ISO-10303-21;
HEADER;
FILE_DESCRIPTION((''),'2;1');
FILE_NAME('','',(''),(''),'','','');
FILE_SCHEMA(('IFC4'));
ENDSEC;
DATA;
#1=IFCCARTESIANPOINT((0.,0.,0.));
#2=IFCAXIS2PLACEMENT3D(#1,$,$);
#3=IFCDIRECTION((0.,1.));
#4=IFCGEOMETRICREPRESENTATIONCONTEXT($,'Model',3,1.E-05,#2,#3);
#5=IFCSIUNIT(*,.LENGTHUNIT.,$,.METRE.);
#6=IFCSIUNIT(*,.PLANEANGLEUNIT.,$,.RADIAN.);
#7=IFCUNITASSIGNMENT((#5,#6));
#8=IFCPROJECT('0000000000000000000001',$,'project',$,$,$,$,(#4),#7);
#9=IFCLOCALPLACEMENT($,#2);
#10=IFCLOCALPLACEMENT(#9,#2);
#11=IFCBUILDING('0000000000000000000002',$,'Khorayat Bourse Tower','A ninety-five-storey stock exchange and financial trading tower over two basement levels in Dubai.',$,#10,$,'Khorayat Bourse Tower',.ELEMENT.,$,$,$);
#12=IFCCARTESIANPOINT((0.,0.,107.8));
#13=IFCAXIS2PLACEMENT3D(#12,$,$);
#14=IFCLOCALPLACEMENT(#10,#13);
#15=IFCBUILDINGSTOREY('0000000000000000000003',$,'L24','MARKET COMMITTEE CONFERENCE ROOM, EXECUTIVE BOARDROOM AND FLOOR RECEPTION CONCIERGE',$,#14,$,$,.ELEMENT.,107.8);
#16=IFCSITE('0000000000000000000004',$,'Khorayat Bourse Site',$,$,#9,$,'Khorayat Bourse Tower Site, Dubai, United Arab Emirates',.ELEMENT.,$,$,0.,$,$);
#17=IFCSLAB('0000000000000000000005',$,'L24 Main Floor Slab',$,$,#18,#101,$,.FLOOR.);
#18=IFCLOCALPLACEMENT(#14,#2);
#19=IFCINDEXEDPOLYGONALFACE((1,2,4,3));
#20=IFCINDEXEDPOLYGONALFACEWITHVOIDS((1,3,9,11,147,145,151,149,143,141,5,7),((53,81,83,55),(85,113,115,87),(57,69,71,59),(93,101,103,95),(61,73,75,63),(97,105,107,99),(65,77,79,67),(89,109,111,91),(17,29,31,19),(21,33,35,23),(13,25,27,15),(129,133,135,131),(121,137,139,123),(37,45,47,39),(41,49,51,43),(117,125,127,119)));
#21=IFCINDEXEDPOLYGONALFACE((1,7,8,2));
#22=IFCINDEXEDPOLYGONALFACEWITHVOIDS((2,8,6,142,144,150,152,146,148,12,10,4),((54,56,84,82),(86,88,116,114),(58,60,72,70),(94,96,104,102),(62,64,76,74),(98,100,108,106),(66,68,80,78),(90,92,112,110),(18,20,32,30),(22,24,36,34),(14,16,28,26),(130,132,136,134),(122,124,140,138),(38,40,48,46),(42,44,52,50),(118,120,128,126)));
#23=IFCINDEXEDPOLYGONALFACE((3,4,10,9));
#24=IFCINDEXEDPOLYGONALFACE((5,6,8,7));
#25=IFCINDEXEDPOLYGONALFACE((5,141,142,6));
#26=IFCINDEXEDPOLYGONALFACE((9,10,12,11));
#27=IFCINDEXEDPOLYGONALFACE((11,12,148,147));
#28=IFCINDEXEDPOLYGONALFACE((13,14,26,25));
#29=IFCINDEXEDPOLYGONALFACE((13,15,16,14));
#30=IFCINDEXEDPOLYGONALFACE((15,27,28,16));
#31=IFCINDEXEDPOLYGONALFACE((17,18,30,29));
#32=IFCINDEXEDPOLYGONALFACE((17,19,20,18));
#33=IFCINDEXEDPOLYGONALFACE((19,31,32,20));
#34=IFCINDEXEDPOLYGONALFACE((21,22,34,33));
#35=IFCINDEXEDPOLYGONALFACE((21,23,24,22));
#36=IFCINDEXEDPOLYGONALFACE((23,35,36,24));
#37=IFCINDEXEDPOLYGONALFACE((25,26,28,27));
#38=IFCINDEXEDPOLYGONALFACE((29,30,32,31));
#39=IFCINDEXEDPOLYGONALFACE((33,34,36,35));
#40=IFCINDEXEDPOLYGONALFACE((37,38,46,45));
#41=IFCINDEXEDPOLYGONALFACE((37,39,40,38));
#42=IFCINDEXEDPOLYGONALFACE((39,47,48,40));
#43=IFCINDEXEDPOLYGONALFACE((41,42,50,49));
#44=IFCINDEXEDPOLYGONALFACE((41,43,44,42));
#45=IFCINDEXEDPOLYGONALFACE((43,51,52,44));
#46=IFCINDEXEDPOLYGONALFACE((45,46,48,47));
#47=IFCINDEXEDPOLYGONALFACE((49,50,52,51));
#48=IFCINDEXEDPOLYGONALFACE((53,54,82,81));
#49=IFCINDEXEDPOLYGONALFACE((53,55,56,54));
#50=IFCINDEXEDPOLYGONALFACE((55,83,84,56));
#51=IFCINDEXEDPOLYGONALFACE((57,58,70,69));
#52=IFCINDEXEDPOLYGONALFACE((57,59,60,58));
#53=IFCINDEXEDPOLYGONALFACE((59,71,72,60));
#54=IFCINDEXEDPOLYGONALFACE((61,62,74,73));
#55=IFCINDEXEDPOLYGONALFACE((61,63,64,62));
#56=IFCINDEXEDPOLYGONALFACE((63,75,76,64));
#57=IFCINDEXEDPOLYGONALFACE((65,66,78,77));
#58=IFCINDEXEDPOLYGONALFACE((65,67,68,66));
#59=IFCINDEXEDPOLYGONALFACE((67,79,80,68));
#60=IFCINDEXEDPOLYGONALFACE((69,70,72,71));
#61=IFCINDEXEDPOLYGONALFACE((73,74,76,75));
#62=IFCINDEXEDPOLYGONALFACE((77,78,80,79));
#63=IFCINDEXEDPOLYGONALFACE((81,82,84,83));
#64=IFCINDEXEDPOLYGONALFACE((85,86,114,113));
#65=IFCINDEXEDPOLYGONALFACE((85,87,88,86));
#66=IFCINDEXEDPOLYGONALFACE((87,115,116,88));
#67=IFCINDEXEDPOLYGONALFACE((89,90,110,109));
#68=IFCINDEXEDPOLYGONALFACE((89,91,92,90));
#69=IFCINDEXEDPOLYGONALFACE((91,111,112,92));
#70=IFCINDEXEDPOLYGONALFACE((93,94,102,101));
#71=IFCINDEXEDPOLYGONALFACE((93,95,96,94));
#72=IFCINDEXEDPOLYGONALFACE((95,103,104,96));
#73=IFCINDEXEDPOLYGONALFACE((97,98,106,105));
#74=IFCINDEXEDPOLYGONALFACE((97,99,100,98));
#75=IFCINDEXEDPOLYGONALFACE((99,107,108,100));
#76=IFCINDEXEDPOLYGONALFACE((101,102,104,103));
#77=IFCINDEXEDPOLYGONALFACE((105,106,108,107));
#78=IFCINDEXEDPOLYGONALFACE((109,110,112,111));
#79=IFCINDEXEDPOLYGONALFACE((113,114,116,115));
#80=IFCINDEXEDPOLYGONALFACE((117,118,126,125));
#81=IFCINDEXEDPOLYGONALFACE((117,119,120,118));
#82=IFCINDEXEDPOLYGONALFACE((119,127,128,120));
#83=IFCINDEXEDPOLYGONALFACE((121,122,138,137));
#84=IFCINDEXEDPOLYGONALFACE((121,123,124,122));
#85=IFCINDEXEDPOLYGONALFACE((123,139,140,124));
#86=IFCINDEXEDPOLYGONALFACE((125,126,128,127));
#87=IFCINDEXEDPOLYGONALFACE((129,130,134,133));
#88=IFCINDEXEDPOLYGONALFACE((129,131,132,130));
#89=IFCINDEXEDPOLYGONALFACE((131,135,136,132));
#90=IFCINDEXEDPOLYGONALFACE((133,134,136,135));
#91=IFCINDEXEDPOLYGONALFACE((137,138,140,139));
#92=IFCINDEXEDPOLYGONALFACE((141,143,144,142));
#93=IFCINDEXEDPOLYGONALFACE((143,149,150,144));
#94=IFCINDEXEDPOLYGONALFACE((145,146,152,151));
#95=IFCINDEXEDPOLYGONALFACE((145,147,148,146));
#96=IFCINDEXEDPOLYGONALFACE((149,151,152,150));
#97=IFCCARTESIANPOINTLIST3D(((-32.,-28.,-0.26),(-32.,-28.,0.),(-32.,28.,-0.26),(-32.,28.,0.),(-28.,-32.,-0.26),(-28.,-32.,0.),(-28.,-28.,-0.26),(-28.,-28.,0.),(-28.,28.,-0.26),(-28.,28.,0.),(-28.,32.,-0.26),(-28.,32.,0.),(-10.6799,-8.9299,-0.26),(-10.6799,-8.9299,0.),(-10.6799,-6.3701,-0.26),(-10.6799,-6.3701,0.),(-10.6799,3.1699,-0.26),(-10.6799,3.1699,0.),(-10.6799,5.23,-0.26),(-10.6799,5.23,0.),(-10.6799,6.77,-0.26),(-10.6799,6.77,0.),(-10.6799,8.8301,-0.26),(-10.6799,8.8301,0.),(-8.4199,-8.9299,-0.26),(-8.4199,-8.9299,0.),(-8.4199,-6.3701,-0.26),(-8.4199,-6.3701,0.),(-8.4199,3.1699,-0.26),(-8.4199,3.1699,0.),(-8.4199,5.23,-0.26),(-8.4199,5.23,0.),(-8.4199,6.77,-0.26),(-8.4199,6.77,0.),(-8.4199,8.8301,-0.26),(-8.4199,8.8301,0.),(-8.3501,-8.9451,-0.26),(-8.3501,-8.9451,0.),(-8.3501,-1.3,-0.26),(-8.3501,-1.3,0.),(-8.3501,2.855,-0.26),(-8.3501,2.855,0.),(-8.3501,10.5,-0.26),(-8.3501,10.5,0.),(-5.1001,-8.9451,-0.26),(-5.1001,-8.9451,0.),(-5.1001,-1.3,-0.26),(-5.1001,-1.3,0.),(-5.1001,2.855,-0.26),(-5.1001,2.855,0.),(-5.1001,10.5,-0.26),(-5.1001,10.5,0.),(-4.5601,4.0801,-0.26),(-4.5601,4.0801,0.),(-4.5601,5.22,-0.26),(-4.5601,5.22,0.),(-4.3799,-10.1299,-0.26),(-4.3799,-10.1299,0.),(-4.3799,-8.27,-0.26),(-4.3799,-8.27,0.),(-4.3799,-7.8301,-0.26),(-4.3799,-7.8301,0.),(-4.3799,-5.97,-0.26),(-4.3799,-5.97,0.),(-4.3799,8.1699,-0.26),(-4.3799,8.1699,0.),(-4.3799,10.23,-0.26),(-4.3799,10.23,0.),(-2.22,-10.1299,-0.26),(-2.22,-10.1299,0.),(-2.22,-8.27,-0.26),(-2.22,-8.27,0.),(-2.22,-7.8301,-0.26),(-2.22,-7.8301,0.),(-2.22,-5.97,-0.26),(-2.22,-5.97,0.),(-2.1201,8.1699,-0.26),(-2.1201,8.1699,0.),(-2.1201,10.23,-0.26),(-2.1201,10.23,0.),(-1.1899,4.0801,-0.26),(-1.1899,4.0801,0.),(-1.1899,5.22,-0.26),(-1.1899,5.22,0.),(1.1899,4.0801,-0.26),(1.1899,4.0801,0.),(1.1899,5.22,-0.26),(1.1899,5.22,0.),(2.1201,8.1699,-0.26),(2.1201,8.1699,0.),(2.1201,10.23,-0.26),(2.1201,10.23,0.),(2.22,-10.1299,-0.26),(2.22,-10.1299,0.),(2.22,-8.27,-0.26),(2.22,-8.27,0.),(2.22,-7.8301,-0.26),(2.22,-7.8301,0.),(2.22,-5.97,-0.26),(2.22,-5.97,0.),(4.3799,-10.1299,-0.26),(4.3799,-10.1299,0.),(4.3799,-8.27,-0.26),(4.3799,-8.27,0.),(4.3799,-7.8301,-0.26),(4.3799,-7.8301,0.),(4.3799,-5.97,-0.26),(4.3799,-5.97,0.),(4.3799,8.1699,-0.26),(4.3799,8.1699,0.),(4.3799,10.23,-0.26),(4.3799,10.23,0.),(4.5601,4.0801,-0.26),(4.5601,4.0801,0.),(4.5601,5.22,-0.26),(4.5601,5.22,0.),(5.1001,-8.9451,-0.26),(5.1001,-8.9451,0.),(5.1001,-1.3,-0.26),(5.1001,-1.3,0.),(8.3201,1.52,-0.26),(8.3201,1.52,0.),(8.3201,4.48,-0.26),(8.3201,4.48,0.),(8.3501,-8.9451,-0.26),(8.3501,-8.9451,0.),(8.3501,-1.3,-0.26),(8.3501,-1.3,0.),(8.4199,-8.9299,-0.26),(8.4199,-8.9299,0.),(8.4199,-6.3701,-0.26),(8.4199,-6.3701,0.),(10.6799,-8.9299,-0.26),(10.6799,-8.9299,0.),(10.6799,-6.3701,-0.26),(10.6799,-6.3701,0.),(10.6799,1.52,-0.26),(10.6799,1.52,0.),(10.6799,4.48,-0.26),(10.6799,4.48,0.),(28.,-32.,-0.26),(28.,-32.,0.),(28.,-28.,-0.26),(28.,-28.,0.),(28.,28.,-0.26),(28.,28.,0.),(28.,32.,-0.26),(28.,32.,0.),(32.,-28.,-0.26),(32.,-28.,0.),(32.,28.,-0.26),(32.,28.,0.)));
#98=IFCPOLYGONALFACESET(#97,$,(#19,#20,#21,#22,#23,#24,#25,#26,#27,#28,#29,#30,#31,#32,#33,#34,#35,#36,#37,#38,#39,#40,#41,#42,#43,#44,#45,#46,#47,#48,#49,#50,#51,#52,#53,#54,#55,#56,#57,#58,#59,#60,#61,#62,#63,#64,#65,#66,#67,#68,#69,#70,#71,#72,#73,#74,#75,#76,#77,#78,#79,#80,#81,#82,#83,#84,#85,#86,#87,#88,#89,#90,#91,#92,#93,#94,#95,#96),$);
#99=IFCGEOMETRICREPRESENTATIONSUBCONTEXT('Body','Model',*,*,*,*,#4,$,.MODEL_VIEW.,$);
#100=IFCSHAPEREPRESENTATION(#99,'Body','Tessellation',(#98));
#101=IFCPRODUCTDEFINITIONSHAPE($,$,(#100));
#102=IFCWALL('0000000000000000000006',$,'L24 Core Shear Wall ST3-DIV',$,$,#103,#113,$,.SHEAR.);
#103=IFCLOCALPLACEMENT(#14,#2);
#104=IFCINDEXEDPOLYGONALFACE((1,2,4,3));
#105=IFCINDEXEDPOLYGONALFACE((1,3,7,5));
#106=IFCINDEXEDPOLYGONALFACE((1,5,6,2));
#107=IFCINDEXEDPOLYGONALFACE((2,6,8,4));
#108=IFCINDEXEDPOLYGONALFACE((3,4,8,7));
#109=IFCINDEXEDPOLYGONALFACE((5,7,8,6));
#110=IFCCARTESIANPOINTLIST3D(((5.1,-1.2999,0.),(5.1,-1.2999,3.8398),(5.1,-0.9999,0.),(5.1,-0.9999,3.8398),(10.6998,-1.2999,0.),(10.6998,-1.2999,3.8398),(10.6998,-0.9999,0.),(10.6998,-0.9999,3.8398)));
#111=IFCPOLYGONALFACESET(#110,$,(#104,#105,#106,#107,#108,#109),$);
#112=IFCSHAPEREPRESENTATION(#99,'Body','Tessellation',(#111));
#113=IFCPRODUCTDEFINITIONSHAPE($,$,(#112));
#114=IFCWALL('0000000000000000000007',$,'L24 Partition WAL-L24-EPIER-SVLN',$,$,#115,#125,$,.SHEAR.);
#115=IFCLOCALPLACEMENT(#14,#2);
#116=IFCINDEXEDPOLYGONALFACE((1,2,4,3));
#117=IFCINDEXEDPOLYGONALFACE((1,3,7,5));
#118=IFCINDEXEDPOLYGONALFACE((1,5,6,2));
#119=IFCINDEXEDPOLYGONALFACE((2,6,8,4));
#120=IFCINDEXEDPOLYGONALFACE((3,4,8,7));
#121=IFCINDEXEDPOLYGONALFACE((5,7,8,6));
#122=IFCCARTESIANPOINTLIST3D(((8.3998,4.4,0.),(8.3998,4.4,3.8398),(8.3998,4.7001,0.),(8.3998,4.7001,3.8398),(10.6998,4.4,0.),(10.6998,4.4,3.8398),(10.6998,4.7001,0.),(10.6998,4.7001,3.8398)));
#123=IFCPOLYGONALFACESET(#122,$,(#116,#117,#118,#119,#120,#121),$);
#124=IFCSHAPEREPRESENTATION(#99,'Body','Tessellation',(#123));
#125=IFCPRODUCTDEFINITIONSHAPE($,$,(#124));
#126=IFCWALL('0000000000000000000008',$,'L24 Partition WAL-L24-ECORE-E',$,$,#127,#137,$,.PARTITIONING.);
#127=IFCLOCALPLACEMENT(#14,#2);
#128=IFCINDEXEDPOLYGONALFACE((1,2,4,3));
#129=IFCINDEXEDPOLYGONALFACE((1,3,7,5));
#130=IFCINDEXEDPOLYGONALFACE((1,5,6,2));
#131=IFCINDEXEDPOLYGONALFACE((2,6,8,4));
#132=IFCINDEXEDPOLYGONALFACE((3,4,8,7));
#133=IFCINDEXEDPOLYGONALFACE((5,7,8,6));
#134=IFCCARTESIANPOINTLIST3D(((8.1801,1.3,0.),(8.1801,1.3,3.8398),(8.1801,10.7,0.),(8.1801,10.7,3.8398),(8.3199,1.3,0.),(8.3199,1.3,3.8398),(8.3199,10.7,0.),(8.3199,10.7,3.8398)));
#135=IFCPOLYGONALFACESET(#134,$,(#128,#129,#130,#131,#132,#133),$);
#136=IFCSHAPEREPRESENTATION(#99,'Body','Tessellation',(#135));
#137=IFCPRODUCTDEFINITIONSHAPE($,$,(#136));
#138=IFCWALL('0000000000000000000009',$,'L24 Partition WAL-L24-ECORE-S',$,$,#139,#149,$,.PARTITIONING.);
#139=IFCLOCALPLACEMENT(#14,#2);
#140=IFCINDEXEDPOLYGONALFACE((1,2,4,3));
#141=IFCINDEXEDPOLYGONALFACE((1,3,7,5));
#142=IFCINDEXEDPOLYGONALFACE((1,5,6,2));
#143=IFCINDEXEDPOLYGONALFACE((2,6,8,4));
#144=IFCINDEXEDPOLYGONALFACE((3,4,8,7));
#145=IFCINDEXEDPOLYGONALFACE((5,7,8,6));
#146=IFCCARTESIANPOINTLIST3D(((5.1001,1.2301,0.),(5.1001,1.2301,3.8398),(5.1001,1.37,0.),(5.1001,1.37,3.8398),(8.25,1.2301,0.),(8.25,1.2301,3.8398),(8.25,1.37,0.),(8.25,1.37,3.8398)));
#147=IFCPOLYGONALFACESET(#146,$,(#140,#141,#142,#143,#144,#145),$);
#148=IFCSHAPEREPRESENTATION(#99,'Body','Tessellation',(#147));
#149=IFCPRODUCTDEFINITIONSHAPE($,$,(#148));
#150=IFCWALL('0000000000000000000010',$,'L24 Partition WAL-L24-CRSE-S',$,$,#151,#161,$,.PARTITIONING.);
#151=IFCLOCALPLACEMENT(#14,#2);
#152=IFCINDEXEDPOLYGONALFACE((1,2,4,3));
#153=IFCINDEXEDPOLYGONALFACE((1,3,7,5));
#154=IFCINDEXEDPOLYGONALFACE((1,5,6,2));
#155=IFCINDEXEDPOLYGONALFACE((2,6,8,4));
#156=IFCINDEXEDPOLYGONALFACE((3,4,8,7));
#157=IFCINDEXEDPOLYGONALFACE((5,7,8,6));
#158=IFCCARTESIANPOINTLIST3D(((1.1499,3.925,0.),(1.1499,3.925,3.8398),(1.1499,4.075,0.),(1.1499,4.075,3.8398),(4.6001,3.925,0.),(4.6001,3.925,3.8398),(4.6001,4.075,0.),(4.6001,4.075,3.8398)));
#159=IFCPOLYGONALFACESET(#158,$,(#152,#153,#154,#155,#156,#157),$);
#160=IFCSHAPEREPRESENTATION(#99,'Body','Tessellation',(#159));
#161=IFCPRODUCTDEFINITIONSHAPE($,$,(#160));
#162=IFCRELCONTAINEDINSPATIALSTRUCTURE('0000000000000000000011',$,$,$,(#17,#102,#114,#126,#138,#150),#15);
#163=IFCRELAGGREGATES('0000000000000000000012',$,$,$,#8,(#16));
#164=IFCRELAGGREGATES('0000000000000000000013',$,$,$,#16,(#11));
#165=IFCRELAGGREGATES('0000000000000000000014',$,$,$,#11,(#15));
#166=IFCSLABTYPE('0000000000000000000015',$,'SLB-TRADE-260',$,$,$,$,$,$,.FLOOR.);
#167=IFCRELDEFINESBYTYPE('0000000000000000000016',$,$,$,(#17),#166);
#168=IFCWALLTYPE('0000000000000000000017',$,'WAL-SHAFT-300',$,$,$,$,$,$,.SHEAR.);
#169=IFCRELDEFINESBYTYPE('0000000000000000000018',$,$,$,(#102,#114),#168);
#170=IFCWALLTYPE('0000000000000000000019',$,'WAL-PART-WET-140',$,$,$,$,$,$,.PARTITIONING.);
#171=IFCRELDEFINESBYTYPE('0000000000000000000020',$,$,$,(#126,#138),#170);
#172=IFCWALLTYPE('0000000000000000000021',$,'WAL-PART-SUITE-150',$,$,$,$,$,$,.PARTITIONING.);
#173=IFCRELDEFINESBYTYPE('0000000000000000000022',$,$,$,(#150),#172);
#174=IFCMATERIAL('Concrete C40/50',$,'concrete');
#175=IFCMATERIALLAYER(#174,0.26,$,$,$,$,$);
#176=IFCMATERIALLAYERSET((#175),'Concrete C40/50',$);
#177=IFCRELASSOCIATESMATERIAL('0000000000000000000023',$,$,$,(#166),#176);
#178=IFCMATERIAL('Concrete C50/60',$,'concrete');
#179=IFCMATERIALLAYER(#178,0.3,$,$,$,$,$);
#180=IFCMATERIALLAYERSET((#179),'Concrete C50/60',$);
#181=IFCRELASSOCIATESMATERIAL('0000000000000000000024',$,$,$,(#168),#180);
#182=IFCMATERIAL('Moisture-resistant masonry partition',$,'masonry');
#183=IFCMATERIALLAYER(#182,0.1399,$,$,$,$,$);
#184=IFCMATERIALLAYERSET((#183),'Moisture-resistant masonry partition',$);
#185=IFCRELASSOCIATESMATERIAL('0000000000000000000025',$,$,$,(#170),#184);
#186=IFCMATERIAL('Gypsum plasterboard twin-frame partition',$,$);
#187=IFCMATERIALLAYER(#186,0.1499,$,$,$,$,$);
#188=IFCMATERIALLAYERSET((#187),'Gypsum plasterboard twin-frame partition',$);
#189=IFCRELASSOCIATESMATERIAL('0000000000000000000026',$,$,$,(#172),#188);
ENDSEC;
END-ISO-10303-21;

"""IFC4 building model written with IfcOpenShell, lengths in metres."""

from ifc_helpers import new_model, si_unit, direction, frame, frame_2d, origin, place, context, subcontext, project, spatial, polyline, rectangle, outline, extrude, source, transform, mapped, material, layer, layer_set, type_object, element, save


model = new_model("IFC4")

# Units and contexts
model_context = context("Model", 3, precision=1e-05, world=origin(), true_north=direction((0.0, 1.0)))
body_context = subcontext(model_context, "Body", "Model", "MODEL_VIEW")
ifc_project = project(units=[si_unit("LENGTHUNIT", "METRE"), si_unit("PLANEANGLEUNIT", "RADIAN")], contexts=[model_context])

# Site, building, storey
site_placement = place(None, origin())
site = spatial("IfcSite", under=ifc_project, at=site_placement, Name="Khorayat Bourse Site", LongName="Khorayat Bourse Tower Site, Dubai, United Arab Emirates", CompositionType="ELEMENT", RefElevation=0.0)
building_placement = place(site_placement, origin())
building = spatial("IfcBuilding", under=site, at=building_placement, Name="Khorayat Bourse Tower", Description="A ninety-five-storey stock exchange and financial trading tower over two basement levels in Dubai.", LongName="Khorayat Bourse Tower", CompositionType="ELEMENT")
storey_placement = place(building_placement, frame((0.0, 0.0, 107.8)))
storey = spatial("IfcBuildingStorey", under=building, at=storey_placement, Name="L24", Description="MARKET COMMITTEE CONFERENCE ROOM, EXECUTIVE BOARDROOM AND FLOOR RECEPTION CONCIERGE", CompositionType="ELEMENT", Elevation=107.8)

# Shared definitions
ifc_material_1 = material(Name="Concrete C40/50", Category="concrete")

# Slab
ifc_layer_1 = layer(ifc_material_1, 0.26)
ifc_layer_set_1 = layer_set([ifc_layer_1], Name="Concrete C40/50")
slab_type_1 = type_object("IfcSlabType", Name="SLB-TRADE-260", PredefinedType="FLOOR", material=ifc_layer_set_1)
slab_1_placement = place(storey_placement, frame((0.0, 0.0, -0.26)))
element("IfcSlab", 1, at=slab_1_placement, inside=storey, type_object=slab_type_1, Name="L24 Main Floor Slab", PredefinedType="FLOOR", context=body_context, shape_type="SweptSolid", body=[
    extrude(outline(polyline([(-28.0, -32.0), (28.0, -32.0), (28.0, -28.0), (32.0, -28.0), (32.0, 28.0), (28.0, 28.0), (28.0, 32.0), (-28.0, 32.0), (-28.0, 28.0), (-32.0, 28.0), (-32.0, -28.0), (-28.0, -28.0), (-28.0, -32.0)]), holes=[polyline([(-8.3501, -8.9451), (-5.1001, -8.9451), (-5.1001, -1.3), (-8.3501, -1.3), (-8.3501, -8.9451)]), polyline([(-8.3501, 2.855), (-5.1001, 2.855), (-5.1001, 10.5), (-8.3501, 10.5), (-8.3501, 2.855)]), polyline([(5.1001, -8.9451), (8.3501, -8.9451), (8.3501, -1.3), (5.1001, -1.3), (5.1001, -8.9451)]), polyline([(-4.3799, -10.1299), (-2.22, -10.1299), (-2.22, -8.27), (-4.3799, -8.27), (-4.3799, -10.1299)]), polyline([(2.22, -10.1299), (4.3799, -10.1299), (4.3799, -8.27), (2.22, -8.27), (2.22, -10.1299)]), polyline([(-4.3799, -7.8301), (-2.22, -7.8301), (-2.22, -5.97), (-4.3799, -5.97), (-4.3799, -7.8301)]), polyline([(2.22, -7.8301), (4.3799, -7.8301), (4.3799, -5.97), (2.22, -5.97), (2.22, -7.8301)]), polyline([(-4.3799, 8.1699), (-2.1201, 8.1699), (-2.1201, 10.23), (-4.3799, 10.23), (-4.3799, 8.1699)]), polyline([(2.1201, 8.1699), (4.3799, 8.1699), (4.3799, 10.23), (2.1201, 10.23), (2.1201, 8.1699)]), polyline([(-10.6799, 3.1699), (-8.4199, 3.1699), (-8.4199, 5.23), (-10.6799, 5.23), (-10.6799, 3.1699)]), polyline([(-10.6799, 6.77), (-8.4199, 6.77), (-8.4199, 8.8301), (-10.6799, 8.8301), (-10.6799, 6.77)]), polyline([(-10.6799, -8.9299), (-8.4199, -8.9299), (-8.4199, -6.3701), (-10.6799, -6.3701), (-10.6799, -8.9299)]), polyline([(8.4199, -8.9299), (10.6799, -8.9299), (10.6799, -6.3701), (8.4199, -6.3701), (8.4199, -8.9299)]), polyline([(8.3201, 1.52), (10.6799, 1.52), (10.6799, 4.48), (8.3201, 4.48), (8.3201, 1.52)]), polyline([(-4.5601, 4.0801), (-1.1899, 4.0801), (-1.1899, 5.22), (-4.5601, 5.22), (-4.5601, 4.0801)]), polyline([(1.1899, 4.0801), (4.5601, 4.0801), (4.5601, 5.22), (1.1899, 5.22), (1.1899, 4.0801)])]), origin(), (0.0, 0.0, 1.0), 0.26),
])

# Walls
ifc_material_2 = material(Name="Concrete C50/60", Category="concrete")
ifc_layer_2 = layer(ifc_material_2, 0.3)
ifc_layer_set_2 = layer_set([ifc_layer_2], Name="Concrete C50/60")
wall_type_1 = type_object("IfcWallType", Name="WAL-SHAFT-300", PredefinedType="SHEAR", material=ifc_layer_set_2)
shared_shape_1 = source(origin(), body_context, "Body", "SweptSolid", [
    extrude(rectangle(XDim=5.5999, YDim=0.3, at=frame_2d((2.7998, 0.0))), origin(), (0.0, 0.0, 1.0), 3.8398),
])
wall_1_placement = place(storey_placement, frame((5.1001, -1.1499, 0.0), z_axis=(0.0, 0.0, 1.0), x_axis=(1.0, 0.0, 0.0)))
element("IfcWall", 2, at=wall_1_placement, inside=storey, type_object=wall_type_1, Name="L24 Core Shear Wall ST3-DIV", PredefinedType="SHEAR", context=body_context, shape_type="MappedRepresentation", body=[
    mapped(shared_shape_1, transform((0.0, 0.0, 0.0), scale=1.0)),
])
shared_shape_2 = source(origin(), body_context, "Body", "SweptSolid", [
    extrude(rectangle(XDim=2.3, YDim=0.3, at=frame_2d((1.1499, 0.0))), origin(), (0.0, 0.0, 1.0), 3.8398),
])
wall_2_placement = place(storey_placement, frame((8.3999, 4.55, 0.0), z_axis=(0.0, 0.0, 1.0), x_axis=(1.0, 0.0, 0.0)))
element("IfcWall", 3, at=wall_2_placement, inside=storey, type_object=wall_type_1, Name="L24 Partition WAL-L24-EPIER-SVLN", PredefinedType="SHEAR", context=body_context, shape_type="MappedRepresentation", body=[
    mapped(shared_shape_2, transform((0.0, 0.0, 0.0), scale=1.0)),
])
ifc_material_3 = material(Name="Moisture-resistant masonry partition", Category="masonry")
ifc_layer_3 = layer(ifc_material_3, 0.1399)
ifc_layer_set_3 = layer_set([ifc_layer_3], Name="Moisture-resistant masonry partition")
wall_type_2 = type_object("IfcWallType", Name="WAL-PART-WET-140", PredefinedType="PARTITIONING", material=ifc_layer_set_3)
shared_shape_3 = source(origin(), body_context, "Body", "SweptSolid", [
    extrude(rectangle(XDim=9.3999, YDim=0.1399, at=frame_2d((4.7, 0.0))), origin(), (0.0, 0.0, 1.0), 3.8398),
])
wall_3_placement = place(storey_placement, frame((8.25, 1.3, 0.0), z_axis=(0.0, 0.0, 1.0), x_axis=(0.0, 1.0, 0.0)))
element("IfcWall", 4, at=wall_3_placement, inside=storey, type_object=wall_type_2, Name="L24 Partition WAL-L24-ECORE-E", PredefinedType="PARTITIONING", context=body_context, shape_type="MappedRepresentation", body=[
    mapped(shared_shape_3, transform((0.0, 0.0, 0.0), scale=1.0)),
])
shared_shape_4 = source(origin(), body_context, "Body", "SweptSolid", [
    extrude(rectangle(XDim=3.1499, YDim=0.1399, at=frame_2d((1.575, 0.0))), origin(), (0.0, 0.0, 1.0), 3.8398),
])
wall_4_placement = place(storey_placement, frame((5.1001, 1.3, 0.0), z_axis=(0.0, 0.0, 1.0), x_axis=(1.0, 0.0, 0.0)))
element("IfcWall", 5, at=wall_4_placement, inside=storey, type_object=wall_type_2, Name="L24 Partition WAL-L24-ECORE-S", PredefinedType="PARTITIONING", context=body_context, shape_type="MappedRepresentation", body=[
    mapped(shared_shape_4, transform((0.0, 0.0, 0.0), scale=1.0)),
])

# Wall
ifc_material_4 = material(Name="Gypsum plasterboard twin-frame partition")
ifc_layer_4 = layer(ifc_material_4, 0.1499)
ifc_layer_set_4 = layer_set([ifc_layer_4], Name="Gypsum plasterboard twin-frame partition")
wall_type_3 = type_object("IfcWallType", Name="WAL-PART-SUITE-150", PredefinedType="PARTITIONING", material=ifc_layer_set_4)
shared_shape_5 = source(origin(), body_context, "Body", "SweptSolid", [
    extrude(rectangle(XDim=3.4502, YDim=0.1499, at=frame_2d((1.7251, 0.0))), origin(), (0.0, 0.0, 1.0), 3.8398),
])
wall_5_placement = place(storey_placement, frame((1.1499, 4.0, 0.0), z_axis=(0.0, 0.0, 1.0), x_axis=(1.0, 0.0, 0.0)))
element("IfcWall", 6, at=wall_5_placement, inside=storey, type_object=wall_type_3, Name="L24 Partition WAL-L24-CRSE-S", PredefinedType="PARTITIONING", context=body_context, shape_type="MappedRepresentation", body=[
    mapped(shared_shape_5, transform((0.0, 0.0, 0.0), scale=1.0)),
])

save(model, "model.ifc")
